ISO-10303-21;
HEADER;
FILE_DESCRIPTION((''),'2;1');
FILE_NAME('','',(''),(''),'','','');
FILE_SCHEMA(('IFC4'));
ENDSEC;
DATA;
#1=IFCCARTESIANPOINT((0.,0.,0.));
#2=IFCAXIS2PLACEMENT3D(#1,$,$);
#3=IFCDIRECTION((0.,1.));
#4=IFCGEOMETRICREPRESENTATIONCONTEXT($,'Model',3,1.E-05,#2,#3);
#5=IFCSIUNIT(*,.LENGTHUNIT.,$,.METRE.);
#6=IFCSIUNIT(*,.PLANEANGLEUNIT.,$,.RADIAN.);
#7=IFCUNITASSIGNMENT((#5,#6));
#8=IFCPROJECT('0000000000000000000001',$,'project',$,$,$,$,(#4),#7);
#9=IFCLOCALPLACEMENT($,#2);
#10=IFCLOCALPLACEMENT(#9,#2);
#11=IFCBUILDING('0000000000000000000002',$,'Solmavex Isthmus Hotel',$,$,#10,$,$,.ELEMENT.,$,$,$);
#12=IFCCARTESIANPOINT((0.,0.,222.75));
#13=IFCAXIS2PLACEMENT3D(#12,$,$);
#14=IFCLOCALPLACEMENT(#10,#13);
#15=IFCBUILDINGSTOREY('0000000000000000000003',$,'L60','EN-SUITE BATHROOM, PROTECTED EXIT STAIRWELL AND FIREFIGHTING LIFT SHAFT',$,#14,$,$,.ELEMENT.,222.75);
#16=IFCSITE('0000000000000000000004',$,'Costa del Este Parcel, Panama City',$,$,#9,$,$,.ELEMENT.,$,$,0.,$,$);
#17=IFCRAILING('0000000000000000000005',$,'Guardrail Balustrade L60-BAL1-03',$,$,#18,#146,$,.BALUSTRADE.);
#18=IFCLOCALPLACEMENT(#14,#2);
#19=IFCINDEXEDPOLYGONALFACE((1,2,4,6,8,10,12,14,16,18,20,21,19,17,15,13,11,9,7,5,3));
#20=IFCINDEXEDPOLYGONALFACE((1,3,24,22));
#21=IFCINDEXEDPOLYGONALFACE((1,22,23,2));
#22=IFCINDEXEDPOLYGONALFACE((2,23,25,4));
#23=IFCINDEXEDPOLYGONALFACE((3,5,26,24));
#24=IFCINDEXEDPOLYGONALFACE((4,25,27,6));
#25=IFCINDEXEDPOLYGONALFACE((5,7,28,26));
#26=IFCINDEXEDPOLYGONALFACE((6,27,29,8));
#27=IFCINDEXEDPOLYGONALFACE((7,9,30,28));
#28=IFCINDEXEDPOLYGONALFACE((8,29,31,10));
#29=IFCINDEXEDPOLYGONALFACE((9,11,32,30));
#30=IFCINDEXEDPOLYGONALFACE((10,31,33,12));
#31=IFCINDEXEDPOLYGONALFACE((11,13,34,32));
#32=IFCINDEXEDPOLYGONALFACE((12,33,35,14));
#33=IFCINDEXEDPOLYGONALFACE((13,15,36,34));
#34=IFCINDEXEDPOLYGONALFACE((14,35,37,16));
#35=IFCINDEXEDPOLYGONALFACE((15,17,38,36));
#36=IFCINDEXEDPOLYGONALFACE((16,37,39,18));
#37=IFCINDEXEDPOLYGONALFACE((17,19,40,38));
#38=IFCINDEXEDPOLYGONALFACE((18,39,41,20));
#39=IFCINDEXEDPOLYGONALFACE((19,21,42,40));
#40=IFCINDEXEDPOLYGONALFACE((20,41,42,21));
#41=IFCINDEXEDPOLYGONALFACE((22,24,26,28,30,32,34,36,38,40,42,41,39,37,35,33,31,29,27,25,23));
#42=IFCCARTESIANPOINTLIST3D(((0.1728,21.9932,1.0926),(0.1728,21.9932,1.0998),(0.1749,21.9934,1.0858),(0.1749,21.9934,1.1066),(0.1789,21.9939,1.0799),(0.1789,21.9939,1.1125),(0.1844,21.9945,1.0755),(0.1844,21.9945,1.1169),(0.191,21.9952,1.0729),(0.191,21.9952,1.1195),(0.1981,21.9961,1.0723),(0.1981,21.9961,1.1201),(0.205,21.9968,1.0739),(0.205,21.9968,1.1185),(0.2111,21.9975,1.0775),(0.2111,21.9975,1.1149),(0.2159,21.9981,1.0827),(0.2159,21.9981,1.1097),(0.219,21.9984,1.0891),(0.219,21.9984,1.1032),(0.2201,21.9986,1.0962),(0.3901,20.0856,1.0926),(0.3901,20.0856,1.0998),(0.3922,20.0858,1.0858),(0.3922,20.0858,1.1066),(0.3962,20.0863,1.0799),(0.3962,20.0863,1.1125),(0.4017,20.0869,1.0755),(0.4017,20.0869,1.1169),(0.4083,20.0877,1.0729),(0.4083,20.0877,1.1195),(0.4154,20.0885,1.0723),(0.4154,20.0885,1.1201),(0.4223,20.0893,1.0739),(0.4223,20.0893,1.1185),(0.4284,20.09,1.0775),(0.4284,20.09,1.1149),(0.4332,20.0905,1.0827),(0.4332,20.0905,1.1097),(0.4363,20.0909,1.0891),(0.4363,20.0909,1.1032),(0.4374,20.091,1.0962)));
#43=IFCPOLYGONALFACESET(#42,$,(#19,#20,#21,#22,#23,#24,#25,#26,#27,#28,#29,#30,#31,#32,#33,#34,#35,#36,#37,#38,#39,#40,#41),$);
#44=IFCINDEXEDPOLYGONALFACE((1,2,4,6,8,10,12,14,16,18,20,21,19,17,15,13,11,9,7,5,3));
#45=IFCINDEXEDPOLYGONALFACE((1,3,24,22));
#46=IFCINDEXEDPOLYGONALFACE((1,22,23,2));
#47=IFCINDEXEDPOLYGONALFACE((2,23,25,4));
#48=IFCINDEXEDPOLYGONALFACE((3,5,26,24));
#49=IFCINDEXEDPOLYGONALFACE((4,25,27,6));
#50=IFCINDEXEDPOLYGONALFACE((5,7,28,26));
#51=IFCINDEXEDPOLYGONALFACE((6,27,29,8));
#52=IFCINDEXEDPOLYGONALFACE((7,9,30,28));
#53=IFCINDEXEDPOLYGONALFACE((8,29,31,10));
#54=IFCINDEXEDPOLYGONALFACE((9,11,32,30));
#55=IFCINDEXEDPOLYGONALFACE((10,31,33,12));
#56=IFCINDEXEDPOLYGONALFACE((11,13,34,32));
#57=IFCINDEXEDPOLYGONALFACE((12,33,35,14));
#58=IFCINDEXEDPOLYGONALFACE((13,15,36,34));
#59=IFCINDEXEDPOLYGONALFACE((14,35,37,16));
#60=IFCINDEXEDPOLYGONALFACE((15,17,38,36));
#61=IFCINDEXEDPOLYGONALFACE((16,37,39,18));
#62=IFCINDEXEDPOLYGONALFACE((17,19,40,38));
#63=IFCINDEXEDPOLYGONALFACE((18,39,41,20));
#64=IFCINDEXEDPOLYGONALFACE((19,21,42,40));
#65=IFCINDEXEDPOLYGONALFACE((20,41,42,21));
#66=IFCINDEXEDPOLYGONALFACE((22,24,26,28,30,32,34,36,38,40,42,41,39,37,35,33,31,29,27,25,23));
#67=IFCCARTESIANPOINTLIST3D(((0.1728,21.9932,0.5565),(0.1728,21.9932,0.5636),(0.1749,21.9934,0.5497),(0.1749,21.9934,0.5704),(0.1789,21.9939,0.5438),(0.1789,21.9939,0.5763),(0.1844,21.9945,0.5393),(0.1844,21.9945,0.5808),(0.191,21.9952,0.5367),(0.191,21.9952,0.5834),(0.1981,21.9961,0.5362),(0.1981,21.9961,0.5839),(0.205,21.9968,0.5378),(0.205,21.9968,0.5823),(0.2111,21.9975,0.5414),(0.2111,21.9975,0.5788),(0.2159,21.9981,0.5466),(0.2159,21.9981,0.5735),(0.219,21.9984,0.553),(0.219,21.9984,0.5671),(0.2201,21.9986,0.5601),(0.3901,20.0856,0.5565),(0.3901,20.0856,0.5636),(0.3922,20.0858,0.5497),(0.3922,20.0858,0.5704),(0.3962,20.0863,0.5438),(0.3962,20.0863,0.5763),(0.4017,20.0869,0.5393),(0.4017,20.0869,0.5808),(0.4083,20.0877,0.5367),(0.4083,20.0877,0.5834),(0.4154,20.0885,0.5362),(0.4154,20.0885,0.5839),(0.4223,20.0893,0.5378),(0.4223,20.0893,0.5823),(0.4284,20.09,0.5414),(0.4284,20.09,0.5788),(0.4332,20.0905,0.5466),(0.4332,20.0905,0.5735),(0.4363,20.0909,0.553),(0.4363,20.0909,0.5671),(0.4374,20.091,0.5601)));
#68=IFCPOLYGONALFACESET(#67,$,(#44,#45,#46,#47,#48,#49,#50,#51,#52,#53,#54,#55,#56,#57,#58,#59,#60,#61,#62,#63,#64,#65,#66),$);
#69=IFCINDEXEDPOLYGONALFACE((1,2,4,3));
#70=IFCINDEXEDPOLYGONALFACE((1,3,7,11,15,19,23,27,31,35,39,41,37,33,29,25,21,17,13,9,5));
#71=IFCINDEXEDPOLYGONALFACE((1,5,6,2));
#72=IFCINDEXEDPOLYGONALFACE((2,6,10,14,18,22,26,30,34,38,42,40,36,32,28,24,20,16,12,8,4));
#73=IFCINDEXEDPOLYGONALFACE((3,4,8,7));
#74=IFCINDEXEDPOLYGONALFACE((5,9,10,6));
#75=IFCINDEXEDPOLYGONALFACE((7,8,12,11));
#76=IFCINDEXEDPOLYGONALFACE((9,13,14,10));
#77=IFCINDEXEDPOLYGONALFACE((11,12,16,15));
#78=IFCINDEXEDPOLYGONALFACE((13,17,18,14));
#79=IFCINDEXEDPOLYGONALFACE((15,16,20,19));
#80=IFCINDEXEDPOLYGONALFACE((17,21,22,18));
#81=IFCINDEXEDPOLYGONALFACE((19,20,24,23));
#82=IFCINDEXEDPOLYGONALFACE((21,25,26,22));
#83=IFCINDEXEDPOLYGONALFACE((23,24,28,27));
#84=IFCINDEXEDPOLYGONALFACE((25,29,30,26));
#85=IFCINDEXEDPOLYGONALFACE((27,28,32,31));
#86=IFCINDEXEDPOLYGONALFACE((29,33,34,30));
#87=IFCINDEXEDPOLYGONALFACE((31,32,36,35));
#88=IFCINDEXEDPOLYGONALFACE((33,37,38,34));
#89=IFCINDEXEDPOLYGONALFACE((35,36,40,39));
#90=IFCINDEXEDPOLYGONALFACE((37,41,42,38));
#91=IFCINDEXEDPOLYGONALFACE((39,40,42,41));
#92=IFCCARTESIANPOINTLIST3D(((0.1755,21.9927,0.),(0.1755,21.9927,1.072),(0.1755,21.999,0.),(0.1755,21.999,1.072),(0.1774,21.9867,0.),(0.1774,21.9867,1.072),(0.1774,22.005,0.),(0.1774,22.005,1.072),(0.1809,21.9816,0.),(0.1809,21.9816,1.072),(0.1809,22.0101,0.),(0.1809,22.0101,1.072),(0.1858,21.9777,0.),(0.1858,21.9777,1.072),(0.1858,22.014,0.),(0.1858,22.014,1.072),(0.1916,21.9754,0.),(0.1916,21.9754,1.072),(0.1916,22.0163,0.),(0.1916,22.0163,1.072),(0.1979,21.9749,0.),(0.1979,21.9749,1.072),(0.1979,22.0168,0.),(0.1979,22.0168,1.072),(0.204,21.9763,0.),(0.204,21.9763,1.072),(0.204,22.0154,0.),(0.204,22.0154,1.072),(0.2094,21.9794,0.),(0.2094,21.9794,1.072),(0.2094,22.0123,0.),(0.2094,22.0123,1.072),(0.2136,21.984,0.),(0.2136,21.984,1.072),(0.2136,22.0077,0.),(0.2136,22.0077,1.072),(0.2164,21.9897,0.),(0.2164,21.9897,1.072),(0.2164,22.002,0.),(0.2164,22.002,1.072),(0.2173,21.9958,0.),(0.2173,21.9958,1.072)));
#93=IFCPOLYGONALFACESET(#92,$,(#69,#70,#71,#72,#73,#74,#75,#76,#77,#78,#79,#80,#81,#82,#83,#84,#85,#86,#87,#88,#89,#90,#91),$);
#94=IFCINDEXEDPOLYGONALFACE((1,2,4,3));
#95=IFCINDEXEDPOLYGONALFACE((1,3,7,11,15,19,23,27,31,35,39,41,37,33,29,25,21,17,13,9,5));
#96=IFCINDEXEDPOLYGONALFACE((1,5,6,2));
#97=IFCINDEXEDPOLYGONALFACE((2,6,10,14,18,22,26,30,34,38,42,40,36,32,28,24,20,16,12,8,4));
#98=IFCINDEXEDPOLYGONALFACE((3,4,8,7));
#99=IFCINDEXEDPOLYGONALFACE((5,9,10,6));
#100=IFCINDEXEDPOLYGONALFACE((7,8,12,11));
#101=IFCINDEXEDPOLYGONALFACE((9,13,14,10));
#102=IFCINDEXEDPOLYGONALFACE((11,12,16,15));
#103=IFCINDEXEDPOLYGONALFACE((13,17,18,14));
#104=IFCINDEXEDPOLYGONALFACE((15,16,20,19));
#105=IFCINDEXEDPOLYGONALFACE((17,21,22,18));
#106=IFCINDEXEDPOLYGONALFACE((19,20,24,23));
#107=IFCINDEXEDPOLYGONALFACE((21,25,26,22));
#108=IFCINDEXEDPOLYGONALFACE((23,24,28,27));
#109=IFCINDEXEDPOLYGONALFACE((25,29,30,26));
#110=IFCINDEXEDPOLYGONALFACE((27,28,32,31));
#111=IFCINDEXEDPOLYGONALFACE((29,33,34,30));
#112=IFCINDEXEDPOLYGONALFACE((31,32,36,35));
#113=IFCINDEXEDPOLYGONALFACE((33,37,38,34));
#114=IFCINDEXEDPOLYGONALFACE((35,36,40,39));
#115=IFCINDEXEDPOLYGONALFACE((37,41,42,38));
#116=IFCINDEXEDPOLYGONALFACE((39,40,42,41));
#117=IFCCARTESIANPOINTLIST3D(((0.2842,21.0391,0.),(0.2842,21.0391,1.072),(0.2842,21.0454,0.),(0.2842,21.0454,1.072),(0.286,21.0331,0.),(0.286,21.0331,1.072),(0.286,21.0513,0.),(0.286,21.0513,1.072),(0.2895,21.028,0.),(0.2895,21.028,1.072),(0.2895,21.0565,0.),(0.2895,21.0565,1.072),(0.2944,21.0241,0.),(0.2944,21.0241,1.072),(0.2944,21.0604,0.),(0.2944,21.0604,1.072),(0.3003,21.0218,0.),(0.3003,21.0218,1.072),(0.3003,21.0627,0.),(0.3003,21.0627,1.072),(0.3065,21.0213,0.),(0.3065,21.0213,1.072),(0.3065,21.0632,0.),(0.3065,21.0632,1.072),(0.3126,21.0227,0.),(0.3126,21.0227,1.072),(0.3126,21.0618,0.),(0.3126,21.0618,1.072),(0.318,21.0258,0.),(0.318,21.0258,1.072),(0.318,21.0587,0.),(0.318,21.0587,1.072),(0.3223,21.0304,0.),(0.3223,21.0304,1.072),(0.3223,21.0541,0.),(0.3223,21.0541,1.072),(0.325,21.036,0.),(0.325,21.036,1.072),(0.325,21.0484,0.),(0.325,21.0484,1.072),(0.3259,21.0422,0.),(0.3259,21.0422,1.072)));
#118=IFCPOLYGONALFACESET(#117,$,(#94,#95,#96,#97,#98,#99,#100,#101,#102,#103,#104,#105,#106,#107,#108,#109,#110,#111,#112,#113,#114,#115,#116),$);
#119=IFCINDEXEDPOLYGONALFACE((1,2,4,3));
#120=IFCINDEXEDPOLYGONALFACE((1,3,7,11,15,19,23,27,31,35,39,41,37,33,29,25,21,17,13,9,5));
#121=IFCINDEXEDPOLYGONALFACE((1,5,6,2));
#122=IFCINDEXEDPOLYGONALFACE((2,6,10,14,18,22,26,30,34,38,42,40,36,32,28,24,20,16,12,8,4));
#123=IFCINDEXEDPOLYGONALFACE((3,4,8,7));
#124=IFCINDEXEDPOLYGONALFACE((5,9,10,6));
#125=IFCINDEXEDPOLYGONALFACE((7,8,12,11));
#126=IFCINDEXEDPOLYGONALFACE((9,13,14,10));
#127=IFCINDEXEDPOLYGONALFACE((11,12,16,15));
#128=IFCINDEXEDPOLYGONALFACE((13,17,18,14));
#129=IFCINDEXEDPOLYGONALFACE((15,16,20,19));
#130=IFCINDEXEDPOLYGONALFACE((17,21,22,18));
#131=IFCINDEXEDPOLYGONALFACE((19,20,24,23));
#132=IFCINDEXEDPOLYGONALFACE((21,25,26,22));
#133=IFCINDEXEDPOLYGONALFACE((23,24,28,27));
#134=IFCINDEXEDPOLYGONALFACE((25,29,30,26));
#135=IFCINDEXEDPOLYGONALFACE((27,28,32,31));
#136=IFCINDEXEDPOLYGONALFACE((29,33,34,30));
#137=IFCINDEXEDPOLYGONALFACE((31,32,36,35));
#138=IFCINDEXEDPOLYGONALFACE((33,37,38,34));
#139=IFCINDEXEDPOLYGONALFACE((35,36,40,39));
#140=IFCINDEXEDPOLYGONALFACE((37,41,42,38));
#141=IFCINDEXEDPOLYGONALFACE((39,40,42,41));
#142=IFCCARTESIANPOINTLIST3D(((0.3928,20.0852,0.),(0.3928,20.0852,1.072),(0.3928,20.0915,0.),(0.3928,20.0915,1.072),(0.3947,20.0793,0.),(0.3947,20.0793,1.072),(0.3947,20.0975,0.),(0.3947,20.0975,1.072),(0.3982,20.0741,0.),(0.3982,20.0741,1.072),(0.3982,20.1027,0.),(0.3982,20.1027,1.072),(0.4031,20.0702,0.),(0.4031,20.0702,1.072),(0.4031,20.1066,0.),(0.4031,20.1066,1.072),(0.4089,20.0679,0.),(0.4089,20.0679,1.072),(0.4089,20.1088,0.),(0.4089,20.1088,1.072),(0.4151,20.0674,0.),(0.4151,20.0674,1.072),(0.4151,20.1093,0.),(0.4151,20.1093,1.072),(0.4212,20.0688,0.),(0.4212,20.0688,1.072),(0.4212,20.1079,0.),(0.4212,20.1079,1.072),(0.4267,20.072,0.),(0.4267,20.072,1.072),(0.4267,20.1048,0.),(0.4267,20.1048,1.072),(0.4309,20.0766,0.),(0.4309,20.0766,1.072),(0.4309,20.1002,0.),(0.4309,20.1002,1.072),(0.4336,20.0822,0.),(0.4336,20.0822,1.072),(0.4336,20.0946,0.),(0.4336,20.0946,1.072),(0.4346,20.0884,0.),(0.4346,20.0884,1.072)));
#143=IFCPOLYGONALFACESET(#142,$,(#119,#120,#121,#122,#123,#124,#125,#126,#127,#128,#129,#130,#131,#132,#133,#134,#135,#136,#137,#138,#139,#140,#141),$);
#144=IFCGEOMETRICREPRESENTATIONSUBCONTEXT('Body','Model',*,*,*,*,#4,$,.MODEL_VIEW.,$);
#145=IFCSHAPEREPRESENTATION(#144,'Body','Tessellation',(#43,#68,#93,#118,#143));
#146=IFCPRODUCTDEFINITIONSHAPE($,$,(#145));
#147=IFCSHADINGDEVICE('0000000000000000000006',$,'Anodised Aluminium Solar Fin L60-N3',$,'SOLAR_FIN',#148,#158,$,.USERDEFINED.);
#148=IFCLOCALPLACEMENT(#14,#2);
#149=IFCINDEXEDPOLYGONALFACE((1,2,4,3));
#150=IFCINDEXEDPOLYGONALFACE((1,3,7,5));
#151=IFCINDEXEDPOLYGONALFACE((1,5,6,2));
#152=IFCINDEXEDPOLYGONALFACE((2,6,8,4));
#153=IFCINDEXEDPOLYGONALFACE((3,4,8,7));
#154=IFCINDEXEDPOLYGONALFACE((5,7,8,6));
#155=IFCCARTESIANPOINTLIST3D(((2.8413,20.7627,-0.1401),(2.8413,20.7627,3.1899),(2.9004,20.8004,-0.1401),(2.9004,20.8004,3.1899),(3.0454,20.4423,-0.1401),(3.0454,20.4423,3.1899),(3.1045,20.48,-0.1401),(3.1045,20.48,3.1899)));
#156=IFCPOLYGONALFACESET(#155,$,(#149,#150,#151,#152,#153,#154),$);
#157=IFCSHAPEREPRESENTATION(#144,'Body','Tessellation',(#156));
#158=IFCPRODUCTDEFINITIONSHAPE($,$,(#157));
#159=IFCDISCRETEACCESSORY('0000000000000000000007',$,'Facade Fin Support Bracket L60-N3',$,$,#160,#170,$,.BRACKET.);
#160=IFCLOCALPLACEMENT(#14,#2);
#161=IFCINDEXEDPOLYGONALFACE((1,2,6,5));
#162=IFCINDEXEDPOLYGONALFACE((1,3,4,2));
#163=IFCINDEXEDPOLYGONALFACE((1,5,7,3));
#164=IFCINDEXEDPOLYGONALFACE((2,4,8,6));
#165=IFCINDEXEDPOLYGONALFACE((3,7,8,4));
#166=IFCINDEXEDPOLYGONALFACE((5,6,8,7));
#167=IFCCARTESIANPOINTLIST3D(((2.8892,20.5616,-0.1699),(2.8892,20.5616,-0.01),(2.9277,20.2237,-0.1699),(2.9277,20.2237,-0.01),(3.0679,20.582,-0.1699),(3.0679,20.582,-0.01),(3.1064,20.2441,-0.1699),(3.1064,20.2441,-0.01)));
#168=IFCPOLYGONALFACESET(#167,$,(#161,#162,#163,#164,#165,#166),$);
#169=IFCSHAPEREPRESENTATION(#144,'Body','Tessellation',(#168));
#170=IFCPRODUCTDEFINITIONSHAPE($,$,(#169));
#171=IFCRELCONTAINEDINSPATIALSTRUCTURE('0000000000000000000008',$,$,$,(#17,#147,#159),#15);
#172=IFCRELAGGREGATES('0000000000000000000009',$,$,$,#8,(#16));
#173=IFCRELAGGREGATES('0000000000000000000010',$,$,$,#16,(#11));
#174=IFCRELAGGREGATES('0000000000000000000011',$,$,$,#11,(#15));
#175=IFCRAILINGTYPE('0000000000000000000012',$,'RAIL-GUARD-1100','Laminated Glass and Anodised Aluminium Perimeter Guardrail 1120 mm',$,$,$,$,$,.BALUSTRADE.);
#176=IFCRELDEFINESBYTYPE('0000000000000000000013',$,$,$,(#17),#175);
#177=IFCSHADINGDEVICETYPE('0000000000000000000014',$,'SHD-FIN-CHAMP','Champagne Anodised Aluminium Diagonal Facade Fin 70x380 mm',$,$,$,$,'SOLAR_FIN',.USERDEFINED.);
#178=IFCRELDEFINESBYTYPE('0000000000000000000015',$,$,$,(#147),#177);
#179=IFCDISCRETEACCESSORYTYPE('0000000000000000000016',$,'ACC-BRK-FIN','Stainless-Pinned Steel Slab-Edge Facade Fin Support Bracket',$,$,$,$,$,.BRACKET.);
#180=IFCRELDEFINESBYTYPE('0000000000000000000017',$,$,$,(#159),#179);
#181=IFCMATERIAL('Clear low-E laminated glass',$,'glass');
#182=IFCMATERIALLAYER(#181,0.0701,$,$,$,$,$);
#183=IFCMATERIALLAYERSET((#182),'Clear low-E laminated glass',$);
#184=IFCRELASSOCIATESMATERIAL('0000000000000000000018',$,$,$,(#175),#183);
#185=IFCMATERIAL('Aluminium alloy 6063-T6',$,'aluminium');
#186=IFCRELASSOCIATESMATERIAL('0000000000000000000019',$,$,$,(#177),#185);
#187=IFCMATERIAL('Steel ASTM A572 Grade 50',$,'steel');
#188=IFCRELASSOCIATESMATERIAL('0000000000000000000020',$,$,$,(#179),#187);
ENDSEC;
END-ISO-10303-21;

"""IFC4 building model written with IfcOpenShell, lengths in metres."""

from ifc_helpers import new_model, si_unit, direction, frame, origin, origin_2d, place, context, subcontext, project, spatial, rectangle, circle, extrude, material, layer, layer_set, type_object, element, save


model = new_model("IFC4")

# Units and contexts
model_context = context("Model", 3, precision=1e-05, world=origin(), true_north=direction((0.0, 1.0)))
body_context = subcontext(model_context, "Body", "Model", "MODEL_VIEW")
ifc_project = project(units=[si_unit("LENGTHUNIT", "METRE"), si_unit("PLANEANGLEUNIT", "RADIAN")], contexts=[model_context])

# Site, building, storey
site_placement = place(None, origin())
site = spatial("IfcSite", under=ifc_project, at=site_placement, Name="Costa del Este Parcel, Panama City", CompositionType="ELEMENT", RefElevation=0.0)
building_placement = place(site_placement, origin())
building = spatial("IfcBuilding", under=site, at=building_placement, Name="Solmavex Isthmus Hotel", CompositionType="ELEMENT")
storey_placement = place(building_placement, frame((0.0, 0.0, 222.75)))
storey = spatial("IfcBuildingStorey", under=building, at=storey_placement, Name="L60", Description="EN-SUITE BATHROOM, PROTECTED EXIT STAIRWELL AND FIREFIGHTING LIFT SHAFT", CompositionType="ELEMENT", Elevation=222.75)

# Shared definitions
ifc_material_1 = material(Name="Aluminium alloy 6063-T6", Category="aluminium")
ifc_material_2 = material(Name="Clear low-E laminated glass", Category="glass")

# Railing
ifc_layer_1 = layer(ifc_material_2, 0.0701)
ifc_layer_set_1 = layer_set([ifc_layer_1], Name="Clear low-E laminated glass")
railing_type = type_object("IfcRailingType", Name="RAIL-GUARD-1100", Description="Laminated Glass and Anodised Aluminium Perimeter Guardrail 1120 mm", PredefinedType="BALUSTRADE", material=ifc_layer_set_1)
railing_placement = place(storey_placement, frame((0.1963, 21.9958, 0.0)))
element("IfcRailing", 1, at=railing_placement, inside=storey, type_object=railing_type, Name="Guardrail Balustrade L60-BAL1-03", PredefinedType="BALUSTRADE", context=body_context, shape_type="SweptSolid", body=[
    extrude(circle(Radius=0.0239, at=origin_2d()), frame((0.0, 0.0, 1.0962), z_axis=(0.113181, -0.993574, 0.0), x_axis=(0.993574, 0.113181, 0.0)), (0.0, 0.0, 1.0), 1.9199),
    extrude(circle(Radius=0.0239, at=origin_2d()), frame((0.0, 0.0, 0.5601), z_axis=(0.113181, -0.993574, 0.0), x_axis=(0.993574, 0.113181, 0.0)), (0.0, 0.0, 1.0), 1.9199),
    extrude(circle(Radius=0.021, at=origin_2d()), origin(), (0.0, 0.0, 1.0), 1.072),
    extrude(circle(Radius=0.021, at=origin_2d()), frame((0.1086, -0.9536, 0.0)), (0.0, 0.0, 1.0), 1.072),
    extrude(circle(Radius=0.021, at=origin_2d()), frame((0.2173, -1.9075, 0.0)), (0.0, 0.0, 1.0), 1.072),
])

# Shading device
shading_device_type = type_object("IfcShadingDeviceType", Name="SHD-FIN-CHAMP", Description="Champagne Anodised Aluminium Diagonal Facade Fin 70x380 mm", ElementType="SOLAR_FIN", PredefinedType="USERDEFINED", material=ifc_material_1)
shading_device_placement = place(storey_placement, frame((2.9729, 20.6213, -0.1401), z_axis=(0.0, 0.0, 1.0), x_axis=(-0.5373, 0.843391, 0.0)))
element("IfcShadingDevice", 2, at=shading_device_placement, inside=storey, type_object=shading_device_type, Name="Anodised Aluminium Solar Fin L60-N3", ObjectType="SOLAR_FIN", PredefinedType="USERDEFINED", context=body_context, shape_type="SweptSolid", body=[
    extrude(rectangle(XDim=0.3799, YDim=0.0701, at=origin_2d()), origin(), (0.0, 0.0, 1.0), 3.3301),
])

# Discrete accessory
ifc_material_3 = material(Name="Steel ASTM A572 Grade 50", Category="steel")
discrete_accessory_type = type_object("IfcDiscreteAccessoryType", Name="ACC-BRK-FIN", Description="Stainless-Pinned Steel Slab-Edge Facade Fin Support Bracket", PredefinedType="BRACKET", material=ifc_material_3)
discrete_accessory_placement = place(storey_placement, frame((2.9978, 20.4028, -0.1699), z_axis=(0.0, 0.0, 1.0), x_axis=(-0.113203, 0.993572, 0.0)))
element("IfcDiscreteAccessory", 3, at=discrete_accessory_placement, inside=storey, type_object=discrete_accessory_type, Name="Facade Fin Support Bracket L60-N3", PredefinedType="BRACKET", context=body_context, shape_type="SweptSolid", body=[
    extrude(rectangle(XDim=0.3401, YDim=0.1799, at=origin_2d()), origin(), (0.0, 0.0, 1.0), 0.1599),
])

save(model, "model.ifc")
